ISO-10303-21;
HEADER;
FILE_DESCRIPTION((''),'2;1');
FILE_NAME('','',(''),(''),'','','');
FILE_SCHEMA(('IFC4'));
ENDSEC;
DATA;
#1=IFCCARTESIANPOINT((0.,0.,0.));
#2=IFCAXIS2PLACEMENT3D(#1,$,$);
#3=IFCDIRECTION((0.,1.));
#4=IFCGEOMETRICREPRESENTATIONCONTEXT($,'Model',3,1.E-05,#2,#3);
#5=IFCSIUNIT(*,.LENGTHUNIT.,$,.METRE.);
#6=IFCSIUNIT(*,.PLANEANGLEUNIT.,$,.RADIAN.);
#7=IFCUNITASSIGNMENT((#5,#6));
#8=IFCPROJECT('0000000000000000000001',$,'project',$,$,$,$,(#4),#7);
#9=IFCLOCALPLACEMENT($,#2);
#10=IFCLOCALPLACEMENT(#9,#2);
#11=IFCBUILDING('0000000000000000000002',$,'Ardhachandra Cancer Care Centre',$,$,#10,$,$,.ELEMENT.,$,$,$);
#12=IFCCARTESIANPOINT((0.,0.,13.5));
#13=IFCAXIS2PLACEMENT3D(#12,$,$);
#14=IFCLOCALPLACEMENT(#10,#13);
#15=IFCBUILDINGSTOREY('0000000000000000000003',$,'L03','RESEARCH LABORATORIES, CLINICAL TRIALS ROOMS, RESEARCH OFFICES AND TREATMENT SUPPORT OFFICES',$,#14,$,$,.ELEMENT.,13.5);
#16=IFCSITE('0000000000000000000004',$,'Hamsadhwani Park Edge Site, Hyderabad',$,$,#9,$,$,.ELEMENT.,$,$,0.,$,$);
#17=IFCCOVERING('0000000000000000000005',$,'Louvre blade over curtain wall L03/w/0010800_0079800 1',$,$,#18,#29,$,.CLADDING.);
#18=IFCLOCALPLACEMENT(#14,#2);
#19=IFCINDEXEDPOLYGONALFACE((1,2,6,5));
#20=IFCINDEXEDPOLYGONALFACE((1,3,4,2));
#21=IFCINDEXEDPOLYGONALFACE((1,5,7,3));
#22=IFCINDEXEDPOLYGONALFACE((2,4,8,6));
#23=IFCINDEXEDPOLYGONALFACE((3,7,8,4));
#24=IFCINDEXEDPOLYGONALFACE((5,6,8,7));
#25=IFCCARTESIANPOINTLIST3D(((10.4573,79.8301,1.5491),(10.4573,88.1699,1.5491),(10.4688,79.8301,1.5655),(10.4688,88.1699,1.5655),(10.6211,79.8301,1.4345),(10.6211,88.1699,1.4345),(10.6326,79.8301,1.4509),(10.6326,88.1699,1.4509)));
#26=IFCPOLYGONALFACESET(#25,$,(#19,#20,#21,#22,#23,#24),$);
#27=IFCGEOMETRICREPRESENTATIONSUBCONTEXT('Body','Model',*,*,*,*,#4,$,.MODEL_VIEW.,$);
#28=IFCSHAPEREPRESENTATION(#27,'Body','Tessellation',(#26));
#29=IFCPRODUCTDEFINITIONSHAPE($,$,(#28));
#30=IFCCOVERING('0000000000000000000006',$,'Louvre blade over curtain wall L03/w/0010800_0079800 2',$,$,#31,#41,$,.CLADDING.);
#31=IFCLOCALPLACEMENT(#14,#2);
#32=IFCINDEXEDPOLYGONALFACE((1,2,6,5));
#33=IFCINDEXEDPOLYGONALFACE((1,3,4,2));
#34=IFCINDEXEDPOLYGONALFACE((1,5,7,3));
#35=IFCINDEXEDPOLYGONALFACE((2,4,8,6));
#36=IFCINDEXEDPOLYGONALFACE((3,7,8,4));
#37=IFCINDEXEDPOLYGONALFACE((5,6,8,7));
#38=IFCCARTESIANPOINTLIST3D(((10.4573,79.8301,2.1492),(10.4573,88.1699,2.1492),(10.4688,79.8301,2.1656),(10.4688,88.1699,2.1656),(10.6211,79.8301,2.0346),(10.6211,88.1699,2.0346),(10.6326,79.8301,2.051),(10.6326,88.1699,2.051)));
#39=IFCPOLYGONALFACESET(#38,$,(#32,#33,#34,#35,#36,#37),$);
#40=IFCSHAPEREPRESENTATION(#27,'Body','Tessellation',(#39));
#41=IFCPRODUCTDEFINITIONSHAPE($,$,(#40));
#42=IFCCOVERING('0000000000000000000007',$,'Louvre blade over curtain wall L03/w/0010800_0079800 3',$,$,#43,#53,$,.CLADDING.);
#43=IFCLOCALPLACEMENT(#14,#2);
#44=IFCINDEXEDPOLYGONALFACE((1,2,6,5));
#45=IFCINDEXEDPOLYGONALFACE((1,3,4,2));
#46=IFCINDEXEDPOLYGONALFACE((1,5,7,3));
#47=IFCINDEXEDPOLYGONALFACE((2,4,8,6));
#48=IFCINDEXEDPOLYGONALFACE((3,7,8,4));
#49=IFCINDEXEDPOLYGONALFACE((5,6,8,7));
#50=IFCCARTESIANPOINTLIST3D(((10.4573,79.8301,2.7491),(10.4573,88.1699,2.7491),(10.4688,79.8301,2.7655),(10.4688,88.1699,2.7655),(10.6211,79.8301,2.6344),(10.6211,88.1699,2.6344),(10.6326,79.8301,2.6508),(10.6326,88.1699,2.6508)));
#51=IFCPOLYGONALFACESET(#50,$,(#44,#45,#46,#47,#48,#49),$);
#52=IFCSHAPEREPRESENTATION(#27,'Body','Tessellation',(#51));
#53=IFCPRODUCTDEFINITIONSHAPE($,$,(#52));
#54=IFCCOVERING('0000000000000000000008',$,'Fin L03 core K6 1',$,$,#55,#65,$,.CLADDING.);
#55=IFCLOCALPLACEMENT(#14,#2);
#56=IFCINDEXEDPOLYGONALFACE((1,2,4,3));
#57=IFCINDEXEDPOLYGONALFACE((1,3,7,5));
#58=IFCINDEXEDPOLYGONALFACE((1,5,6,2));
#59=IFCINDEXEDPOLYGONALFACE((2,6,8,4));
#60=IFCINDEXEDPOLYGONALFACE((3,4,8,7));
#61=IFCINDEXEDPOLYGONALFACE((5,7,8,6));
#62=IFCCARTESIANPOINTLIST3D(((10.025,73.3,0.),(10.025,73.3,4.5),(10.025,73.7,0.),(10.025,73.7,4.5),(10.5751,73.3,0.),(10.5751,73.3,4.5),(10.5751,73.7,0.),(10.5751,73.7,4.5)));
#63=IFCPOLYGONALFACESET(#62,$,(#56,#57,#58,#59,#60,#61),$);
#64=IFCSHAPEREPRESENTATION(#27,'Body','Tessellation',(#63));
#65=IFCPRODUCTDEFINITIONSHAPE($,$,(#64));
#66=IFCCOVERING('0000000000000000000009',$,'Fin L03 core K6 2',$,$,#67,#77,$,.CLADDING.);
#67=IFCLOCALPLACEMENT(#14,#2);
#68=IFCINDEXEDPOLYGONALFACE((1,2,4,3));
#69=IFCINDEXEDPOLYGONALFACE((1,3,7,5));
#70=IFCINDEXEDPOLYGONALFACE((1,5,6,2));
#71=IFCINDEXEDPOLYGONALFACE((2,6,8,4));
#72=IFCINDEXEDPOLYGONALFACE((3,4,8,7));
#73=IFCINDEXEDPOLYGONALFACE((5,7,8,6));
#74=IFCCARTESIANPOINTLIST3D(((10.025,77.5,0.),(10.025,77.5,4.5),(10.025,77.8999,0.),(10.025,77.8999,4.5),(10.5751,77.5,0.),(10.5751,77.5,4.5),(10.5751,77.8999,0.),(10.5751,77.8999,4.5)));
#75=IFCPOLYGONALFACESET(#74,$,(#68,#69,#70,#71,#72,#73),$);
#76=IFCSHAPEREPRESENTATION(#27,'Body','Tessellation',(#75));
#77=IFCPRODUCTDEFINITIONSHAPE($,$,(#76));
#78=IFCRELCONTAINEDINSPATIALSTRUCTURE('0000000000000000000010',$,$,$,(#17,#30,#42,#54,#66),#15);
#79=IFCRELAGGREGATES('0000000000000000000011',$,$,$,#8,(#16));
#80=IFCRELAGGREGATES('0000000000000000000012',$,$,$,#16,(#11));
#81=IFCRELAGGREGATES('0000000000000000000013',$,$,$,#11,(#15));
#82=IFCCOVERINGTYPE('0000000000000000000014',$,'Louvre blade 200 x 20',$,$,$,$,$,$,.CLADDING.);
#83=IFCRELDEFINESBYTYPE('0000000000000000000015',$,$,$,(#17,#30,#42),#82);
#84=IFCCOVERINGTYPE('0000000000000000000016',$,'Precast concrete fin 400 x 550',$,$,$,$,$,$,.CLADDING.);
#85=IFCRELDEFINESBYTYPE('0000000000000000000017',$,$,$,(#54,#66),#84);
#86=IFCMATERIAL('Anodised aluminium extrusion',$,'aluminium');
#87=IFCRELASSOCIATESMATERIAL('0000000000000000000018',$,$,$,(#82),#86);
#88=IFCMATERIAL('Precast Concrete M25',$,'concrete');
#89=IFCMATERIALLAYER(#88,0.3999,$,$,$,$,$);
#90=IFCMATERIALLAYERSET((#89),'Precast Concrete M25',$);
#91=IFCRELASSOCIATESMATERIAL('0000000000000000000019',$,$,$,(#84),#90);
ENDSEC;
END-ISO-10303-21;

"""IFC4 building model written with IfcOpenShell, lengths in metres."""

from ifc_helpers import new_model, si_unit, direction, frame, origin, origin_2d, place, context, subcontext, project, spatial, rectangle, extrude, material, layer, layer_set, material_profile, profile_set, type_object, element, save


model = new_model("IFC4")

# Units and contexts
model_context = context("Model", 3, precision=1e-05, world=origin(), true_north=direction((0.0, 1.0)))
body_context = subcontext(model_context, "Body", "Model", "MODEL_VIEW")
ifc_project = project(units=[si_unit("LENGTHUNIT", "METRE"), si_unit("PLANEANGLEUNIT", "RADIAN")], contexts=[model_context])

# Site, building, storey
site_placement = place(None, origin())
site = spatial("IfcSite", under=ifc_project, at=site_placement, Name="Hamsadhwani Park Edge Site, Hyderabad", CompositionType="ELEMENT", RefElevation=0.0)
building_placement = place(site_placement, origin())
building = spatial("IfcBuilding", under=site, at=building_placement, Name="Ardhachandra Cancer Care Centre", CompositionType="ELEMENT")
storey_placement = place(building_placement, frame((0.0, 0.0, 13.5)))
storey = spatial("IfcBuildingStorey", under=building, at=storey_placement, Name="L03", Description="RESEARCH LABORATORIES, CLINICAL TRIALS ROOMS, RESEARCH OFFICES AND TREATMENT SUPPORT OFFICES", CompositionType="ELEMENT", Elevation=13.5)

# Coverings
ifc_material_1 = material(Name="Anodised aluminium extrusion", Category="aluminium")
ifc_material_profile_1 = material_profile(ifc_material_1, rectangle(XDim=0.2, YDim=0.02, at=origin_2d()), Name="Louvre blade 200 x 20")
ifc_profile_set_1 = profile_set([ifc_material_profile_1], Name="Anodised aluminium extrusion")
covering_type_1 = type_object("IfcCoveringType", Name="Louvre blade 200 x 20", PredefinedType="CLADDING", material=ifc_profile_set_1)
for number, where, z_axis, x_axis, name in (
    (1, (10.5449, 79.8301, 1.5), (0.0, 1.0, 0.0), (-0.819152, 0.0, 0.573576), "Louvre blade over curtain wall L03/w/0010800_0079800 1"),
    (2, (10.5449, 79.8301, 2.1001), (0.0, 1.0, 0.0), (-0.819152, 0.0, 0.573576), "Louvre blade over curtain wall L03/w/0010800_0079800 2"),
    (3, (10.5449, 79.8301, 2.7), (0.0, 1.0, 0.0), (-0.819152, 0.0, 0.573576), "Louvre blade over curtain wall L03/w/0010800_0079800 3"),
):
    element("IfcCovering", number, at=place(storey_placement, frame(where, z_axis=z_axis, x_axis=x_axis)), inside=storey, type_object=covering_type_1, Name=name, PredefinedType="CLADDING", context=body_context, shape_type="SweptSolid", body=[
        extrude(rectangle(XDim=0.2, YDim=0.02, at=origin_2d()), origin(), (0.0, 0.0, 1.0), 8.3398),
    ])
ifc_material_2 = material(Name="Precast Concrete M25", Category="concrete")
ifc_layer_1 = layer(ifc_material_2, 0.3999)
ifc_layer_set_1 = layer_set([ifc_layer_1], Name="Precast Concrete M25")
covering_type_2 = type_object("IfcCoveringType", Name="Precast concrete fin 400 x 550", PredefinedType="CLADDING", material=ifc_layer_set_1)
for number, where, z_axis, x_axis, name in (
    (4, (10.3, 73.5, 0.0), (0.0, 0.0, 1.0), (0.0, 1.0, 0.0), "Fin L03 core K6 1"),
    (5, (10.3, 77.7, 0.0), (0.0, 0.0, 1.0), (0.0, 1.0, 0.0), "Fin L03 core K6 2"),
):
    element("IfcCovering", number, at=place(storey_placement, frame(where, z_axis=z_axis, x_axis=x_axis)), inside=storey, type_object=covering_type_2, Name=name, PredefinedType="CLADDING", context=body_context, shape_type="SweptSolid", body=[
        extrude(rectangle(XDim=0.3999, YDim=0.55, at=origin_2d()), origin(), (0.0, 0.0, 1.0), 4.5),
    ])

save(model, "model.ifc")
